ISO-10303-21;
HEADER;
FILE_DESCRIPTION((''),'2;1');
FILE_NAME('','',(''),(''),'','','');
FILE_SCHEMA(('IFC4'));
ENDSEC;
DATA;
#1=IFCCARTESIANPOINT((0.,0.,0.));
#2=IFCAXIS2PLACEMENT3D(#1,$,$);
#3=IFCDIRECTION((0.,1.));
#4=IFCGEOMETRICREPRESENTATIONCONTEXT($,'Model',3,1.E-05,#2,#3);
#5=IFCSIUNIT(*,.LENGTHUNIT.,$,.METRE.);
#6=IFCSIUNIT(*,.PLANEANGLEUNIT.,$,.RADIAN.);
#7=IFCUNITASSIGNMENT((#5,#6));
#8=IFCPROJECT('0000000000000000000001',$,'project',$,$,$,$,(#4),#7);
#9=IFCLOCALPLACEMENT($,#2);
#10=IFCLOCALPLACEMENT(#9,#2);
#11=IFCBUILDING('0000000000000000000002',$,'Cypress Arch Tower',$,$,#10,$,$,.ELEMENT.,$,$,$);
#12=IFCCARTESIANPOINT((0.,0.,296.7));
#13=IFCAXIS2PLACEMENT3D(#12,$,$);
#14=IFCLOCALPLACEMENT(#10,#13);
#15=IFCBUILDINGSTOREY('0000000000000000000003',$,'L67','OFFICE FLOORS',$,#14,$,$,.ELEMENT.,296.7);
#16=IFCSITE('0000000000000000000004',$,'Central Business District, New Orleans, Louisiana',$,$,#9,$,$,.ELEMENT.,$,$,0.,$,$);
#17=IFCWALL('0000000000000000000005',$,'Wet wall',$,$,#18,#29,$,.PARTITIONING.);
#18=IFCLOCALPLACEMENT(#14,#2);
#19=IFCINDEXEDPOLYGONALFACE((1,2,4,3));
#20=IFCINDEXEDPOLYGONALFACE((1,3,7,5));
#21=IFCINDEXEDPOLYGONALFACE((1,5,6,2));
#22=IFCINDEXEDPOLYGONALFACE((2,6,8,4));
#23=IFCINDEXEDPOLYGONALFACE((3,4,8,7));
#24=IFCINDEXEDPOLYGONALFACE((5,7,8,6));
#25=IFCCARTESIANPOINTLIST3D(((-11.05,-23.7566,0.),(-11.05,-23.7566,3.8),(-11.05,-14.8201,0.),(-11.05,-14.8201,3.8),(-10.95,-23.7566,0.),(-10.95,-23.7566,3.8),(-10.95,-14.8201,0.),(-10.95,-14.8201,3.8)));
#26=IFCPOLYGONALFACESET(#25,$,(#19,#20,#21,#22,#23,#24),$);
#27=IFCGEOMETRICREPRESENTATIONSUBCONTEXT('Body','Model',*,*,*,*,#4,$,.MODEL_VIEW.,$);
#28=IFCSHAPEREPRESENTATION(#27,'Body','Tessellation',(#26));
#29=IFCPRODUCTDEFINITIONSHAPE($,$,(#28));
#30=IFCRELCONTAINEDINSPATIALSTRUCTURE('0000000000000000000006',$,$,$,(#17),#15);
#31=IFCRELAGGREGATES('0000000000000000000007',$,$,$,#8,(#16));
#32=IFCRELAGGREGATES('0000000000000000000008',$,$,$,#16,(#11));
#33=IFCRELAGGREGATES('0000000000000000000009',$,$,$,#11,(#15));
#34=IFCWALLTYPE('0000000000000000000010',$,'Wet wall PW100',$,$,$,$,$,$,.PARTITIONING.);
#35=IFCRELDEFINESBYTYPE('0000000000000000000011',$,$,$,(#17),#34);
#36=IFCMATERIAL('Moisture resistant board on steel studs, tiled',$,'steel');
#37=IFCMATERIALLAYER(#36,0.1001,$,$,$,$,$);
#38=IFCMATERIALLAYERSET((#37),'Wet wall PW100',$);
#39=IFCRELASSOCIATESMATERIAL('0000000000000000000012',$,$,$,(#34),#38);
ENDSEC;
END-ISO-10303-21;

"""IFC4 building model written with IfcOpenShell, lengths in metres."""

from ifc_helpers import new_model, si_unit, direction, frame, frame_2d, origin, place, context, subcontext, project, spatial, rectangle, extrude, material, layer, layer_set, type_object, element, save


model = new_model("IFC4")

# Units and contexts
model_context = context("Model", 3, precision=1e-05, world=origin(), true_north=direction((0.0, 1.0)))
body_context = subcontext(model_context, "Body", "Model", "MODEL_VIEW")
ifc_project = project(units=[si_unit("LENGTHUNIT", "METRE"), si_unit("PLANEANGLEUNIT", "RADIAN")], contexts=[model_context])

# Site, building, storey
site_placement = place(None, origin())
site = spatial("IfcSite", under=ifc_project, at=site_placement, Name="Central Business District, New Orleans, Louisiana", CompositionType="ELEMENT", RefElevation=0.0)
building_placement = place(site_placement, origin())
building = spatial("IfcBuilding", under=site, at=building_placement, Name="Cypress Arch Tower", CompositionType="ELEMENT")
storey_placement = place(building_placement, frame((0.0, 0.0, 296.7)))
storey = spatial("IfcBuildingStorey", under=building, at=storey_placement, Name="L67", Description="OFFICE FLOORS", CompositionType="ELEMENT", Elevation=296.7)

# Wall
ifc_material_1 = material(Name="Moisture resistant board on steel studs, tiled", Category="steel")
ifc_layer_1 = layer(ifc_material_1, 0.1001)
ifc_layer_set_1 = layer_set([ifc_layer_1], Name="Wet wall PW100")
wall_type_1 = type_object("IfcWallType", Name="Wet wall PW100", PredefinedType="PARTITIONING", material=ifc_layer_set_1)
wall_1_placement = place(storey_placement, frame((-11.0, -23.7566, 0.0), z_axis=(0.0, 0.0, 1.0), x_axis=(0.0, 1.0, 0.0)))
element("IfcWall", 1, at=wall_1_placement, inside=storey, type_object=wall_type_1, Name="Wet wall", PredefinedType="PARTITIONING", context=body_context, shape_type="SweptSolid", body=[
    extrude(rectangle(XDim=8.9365, YDim=0.1001, at=frame_2d((4.4683, 0.0))), origin(), (0.0, 0.0, 1.0), 3.8),
])

save(model, "model.ifc")
